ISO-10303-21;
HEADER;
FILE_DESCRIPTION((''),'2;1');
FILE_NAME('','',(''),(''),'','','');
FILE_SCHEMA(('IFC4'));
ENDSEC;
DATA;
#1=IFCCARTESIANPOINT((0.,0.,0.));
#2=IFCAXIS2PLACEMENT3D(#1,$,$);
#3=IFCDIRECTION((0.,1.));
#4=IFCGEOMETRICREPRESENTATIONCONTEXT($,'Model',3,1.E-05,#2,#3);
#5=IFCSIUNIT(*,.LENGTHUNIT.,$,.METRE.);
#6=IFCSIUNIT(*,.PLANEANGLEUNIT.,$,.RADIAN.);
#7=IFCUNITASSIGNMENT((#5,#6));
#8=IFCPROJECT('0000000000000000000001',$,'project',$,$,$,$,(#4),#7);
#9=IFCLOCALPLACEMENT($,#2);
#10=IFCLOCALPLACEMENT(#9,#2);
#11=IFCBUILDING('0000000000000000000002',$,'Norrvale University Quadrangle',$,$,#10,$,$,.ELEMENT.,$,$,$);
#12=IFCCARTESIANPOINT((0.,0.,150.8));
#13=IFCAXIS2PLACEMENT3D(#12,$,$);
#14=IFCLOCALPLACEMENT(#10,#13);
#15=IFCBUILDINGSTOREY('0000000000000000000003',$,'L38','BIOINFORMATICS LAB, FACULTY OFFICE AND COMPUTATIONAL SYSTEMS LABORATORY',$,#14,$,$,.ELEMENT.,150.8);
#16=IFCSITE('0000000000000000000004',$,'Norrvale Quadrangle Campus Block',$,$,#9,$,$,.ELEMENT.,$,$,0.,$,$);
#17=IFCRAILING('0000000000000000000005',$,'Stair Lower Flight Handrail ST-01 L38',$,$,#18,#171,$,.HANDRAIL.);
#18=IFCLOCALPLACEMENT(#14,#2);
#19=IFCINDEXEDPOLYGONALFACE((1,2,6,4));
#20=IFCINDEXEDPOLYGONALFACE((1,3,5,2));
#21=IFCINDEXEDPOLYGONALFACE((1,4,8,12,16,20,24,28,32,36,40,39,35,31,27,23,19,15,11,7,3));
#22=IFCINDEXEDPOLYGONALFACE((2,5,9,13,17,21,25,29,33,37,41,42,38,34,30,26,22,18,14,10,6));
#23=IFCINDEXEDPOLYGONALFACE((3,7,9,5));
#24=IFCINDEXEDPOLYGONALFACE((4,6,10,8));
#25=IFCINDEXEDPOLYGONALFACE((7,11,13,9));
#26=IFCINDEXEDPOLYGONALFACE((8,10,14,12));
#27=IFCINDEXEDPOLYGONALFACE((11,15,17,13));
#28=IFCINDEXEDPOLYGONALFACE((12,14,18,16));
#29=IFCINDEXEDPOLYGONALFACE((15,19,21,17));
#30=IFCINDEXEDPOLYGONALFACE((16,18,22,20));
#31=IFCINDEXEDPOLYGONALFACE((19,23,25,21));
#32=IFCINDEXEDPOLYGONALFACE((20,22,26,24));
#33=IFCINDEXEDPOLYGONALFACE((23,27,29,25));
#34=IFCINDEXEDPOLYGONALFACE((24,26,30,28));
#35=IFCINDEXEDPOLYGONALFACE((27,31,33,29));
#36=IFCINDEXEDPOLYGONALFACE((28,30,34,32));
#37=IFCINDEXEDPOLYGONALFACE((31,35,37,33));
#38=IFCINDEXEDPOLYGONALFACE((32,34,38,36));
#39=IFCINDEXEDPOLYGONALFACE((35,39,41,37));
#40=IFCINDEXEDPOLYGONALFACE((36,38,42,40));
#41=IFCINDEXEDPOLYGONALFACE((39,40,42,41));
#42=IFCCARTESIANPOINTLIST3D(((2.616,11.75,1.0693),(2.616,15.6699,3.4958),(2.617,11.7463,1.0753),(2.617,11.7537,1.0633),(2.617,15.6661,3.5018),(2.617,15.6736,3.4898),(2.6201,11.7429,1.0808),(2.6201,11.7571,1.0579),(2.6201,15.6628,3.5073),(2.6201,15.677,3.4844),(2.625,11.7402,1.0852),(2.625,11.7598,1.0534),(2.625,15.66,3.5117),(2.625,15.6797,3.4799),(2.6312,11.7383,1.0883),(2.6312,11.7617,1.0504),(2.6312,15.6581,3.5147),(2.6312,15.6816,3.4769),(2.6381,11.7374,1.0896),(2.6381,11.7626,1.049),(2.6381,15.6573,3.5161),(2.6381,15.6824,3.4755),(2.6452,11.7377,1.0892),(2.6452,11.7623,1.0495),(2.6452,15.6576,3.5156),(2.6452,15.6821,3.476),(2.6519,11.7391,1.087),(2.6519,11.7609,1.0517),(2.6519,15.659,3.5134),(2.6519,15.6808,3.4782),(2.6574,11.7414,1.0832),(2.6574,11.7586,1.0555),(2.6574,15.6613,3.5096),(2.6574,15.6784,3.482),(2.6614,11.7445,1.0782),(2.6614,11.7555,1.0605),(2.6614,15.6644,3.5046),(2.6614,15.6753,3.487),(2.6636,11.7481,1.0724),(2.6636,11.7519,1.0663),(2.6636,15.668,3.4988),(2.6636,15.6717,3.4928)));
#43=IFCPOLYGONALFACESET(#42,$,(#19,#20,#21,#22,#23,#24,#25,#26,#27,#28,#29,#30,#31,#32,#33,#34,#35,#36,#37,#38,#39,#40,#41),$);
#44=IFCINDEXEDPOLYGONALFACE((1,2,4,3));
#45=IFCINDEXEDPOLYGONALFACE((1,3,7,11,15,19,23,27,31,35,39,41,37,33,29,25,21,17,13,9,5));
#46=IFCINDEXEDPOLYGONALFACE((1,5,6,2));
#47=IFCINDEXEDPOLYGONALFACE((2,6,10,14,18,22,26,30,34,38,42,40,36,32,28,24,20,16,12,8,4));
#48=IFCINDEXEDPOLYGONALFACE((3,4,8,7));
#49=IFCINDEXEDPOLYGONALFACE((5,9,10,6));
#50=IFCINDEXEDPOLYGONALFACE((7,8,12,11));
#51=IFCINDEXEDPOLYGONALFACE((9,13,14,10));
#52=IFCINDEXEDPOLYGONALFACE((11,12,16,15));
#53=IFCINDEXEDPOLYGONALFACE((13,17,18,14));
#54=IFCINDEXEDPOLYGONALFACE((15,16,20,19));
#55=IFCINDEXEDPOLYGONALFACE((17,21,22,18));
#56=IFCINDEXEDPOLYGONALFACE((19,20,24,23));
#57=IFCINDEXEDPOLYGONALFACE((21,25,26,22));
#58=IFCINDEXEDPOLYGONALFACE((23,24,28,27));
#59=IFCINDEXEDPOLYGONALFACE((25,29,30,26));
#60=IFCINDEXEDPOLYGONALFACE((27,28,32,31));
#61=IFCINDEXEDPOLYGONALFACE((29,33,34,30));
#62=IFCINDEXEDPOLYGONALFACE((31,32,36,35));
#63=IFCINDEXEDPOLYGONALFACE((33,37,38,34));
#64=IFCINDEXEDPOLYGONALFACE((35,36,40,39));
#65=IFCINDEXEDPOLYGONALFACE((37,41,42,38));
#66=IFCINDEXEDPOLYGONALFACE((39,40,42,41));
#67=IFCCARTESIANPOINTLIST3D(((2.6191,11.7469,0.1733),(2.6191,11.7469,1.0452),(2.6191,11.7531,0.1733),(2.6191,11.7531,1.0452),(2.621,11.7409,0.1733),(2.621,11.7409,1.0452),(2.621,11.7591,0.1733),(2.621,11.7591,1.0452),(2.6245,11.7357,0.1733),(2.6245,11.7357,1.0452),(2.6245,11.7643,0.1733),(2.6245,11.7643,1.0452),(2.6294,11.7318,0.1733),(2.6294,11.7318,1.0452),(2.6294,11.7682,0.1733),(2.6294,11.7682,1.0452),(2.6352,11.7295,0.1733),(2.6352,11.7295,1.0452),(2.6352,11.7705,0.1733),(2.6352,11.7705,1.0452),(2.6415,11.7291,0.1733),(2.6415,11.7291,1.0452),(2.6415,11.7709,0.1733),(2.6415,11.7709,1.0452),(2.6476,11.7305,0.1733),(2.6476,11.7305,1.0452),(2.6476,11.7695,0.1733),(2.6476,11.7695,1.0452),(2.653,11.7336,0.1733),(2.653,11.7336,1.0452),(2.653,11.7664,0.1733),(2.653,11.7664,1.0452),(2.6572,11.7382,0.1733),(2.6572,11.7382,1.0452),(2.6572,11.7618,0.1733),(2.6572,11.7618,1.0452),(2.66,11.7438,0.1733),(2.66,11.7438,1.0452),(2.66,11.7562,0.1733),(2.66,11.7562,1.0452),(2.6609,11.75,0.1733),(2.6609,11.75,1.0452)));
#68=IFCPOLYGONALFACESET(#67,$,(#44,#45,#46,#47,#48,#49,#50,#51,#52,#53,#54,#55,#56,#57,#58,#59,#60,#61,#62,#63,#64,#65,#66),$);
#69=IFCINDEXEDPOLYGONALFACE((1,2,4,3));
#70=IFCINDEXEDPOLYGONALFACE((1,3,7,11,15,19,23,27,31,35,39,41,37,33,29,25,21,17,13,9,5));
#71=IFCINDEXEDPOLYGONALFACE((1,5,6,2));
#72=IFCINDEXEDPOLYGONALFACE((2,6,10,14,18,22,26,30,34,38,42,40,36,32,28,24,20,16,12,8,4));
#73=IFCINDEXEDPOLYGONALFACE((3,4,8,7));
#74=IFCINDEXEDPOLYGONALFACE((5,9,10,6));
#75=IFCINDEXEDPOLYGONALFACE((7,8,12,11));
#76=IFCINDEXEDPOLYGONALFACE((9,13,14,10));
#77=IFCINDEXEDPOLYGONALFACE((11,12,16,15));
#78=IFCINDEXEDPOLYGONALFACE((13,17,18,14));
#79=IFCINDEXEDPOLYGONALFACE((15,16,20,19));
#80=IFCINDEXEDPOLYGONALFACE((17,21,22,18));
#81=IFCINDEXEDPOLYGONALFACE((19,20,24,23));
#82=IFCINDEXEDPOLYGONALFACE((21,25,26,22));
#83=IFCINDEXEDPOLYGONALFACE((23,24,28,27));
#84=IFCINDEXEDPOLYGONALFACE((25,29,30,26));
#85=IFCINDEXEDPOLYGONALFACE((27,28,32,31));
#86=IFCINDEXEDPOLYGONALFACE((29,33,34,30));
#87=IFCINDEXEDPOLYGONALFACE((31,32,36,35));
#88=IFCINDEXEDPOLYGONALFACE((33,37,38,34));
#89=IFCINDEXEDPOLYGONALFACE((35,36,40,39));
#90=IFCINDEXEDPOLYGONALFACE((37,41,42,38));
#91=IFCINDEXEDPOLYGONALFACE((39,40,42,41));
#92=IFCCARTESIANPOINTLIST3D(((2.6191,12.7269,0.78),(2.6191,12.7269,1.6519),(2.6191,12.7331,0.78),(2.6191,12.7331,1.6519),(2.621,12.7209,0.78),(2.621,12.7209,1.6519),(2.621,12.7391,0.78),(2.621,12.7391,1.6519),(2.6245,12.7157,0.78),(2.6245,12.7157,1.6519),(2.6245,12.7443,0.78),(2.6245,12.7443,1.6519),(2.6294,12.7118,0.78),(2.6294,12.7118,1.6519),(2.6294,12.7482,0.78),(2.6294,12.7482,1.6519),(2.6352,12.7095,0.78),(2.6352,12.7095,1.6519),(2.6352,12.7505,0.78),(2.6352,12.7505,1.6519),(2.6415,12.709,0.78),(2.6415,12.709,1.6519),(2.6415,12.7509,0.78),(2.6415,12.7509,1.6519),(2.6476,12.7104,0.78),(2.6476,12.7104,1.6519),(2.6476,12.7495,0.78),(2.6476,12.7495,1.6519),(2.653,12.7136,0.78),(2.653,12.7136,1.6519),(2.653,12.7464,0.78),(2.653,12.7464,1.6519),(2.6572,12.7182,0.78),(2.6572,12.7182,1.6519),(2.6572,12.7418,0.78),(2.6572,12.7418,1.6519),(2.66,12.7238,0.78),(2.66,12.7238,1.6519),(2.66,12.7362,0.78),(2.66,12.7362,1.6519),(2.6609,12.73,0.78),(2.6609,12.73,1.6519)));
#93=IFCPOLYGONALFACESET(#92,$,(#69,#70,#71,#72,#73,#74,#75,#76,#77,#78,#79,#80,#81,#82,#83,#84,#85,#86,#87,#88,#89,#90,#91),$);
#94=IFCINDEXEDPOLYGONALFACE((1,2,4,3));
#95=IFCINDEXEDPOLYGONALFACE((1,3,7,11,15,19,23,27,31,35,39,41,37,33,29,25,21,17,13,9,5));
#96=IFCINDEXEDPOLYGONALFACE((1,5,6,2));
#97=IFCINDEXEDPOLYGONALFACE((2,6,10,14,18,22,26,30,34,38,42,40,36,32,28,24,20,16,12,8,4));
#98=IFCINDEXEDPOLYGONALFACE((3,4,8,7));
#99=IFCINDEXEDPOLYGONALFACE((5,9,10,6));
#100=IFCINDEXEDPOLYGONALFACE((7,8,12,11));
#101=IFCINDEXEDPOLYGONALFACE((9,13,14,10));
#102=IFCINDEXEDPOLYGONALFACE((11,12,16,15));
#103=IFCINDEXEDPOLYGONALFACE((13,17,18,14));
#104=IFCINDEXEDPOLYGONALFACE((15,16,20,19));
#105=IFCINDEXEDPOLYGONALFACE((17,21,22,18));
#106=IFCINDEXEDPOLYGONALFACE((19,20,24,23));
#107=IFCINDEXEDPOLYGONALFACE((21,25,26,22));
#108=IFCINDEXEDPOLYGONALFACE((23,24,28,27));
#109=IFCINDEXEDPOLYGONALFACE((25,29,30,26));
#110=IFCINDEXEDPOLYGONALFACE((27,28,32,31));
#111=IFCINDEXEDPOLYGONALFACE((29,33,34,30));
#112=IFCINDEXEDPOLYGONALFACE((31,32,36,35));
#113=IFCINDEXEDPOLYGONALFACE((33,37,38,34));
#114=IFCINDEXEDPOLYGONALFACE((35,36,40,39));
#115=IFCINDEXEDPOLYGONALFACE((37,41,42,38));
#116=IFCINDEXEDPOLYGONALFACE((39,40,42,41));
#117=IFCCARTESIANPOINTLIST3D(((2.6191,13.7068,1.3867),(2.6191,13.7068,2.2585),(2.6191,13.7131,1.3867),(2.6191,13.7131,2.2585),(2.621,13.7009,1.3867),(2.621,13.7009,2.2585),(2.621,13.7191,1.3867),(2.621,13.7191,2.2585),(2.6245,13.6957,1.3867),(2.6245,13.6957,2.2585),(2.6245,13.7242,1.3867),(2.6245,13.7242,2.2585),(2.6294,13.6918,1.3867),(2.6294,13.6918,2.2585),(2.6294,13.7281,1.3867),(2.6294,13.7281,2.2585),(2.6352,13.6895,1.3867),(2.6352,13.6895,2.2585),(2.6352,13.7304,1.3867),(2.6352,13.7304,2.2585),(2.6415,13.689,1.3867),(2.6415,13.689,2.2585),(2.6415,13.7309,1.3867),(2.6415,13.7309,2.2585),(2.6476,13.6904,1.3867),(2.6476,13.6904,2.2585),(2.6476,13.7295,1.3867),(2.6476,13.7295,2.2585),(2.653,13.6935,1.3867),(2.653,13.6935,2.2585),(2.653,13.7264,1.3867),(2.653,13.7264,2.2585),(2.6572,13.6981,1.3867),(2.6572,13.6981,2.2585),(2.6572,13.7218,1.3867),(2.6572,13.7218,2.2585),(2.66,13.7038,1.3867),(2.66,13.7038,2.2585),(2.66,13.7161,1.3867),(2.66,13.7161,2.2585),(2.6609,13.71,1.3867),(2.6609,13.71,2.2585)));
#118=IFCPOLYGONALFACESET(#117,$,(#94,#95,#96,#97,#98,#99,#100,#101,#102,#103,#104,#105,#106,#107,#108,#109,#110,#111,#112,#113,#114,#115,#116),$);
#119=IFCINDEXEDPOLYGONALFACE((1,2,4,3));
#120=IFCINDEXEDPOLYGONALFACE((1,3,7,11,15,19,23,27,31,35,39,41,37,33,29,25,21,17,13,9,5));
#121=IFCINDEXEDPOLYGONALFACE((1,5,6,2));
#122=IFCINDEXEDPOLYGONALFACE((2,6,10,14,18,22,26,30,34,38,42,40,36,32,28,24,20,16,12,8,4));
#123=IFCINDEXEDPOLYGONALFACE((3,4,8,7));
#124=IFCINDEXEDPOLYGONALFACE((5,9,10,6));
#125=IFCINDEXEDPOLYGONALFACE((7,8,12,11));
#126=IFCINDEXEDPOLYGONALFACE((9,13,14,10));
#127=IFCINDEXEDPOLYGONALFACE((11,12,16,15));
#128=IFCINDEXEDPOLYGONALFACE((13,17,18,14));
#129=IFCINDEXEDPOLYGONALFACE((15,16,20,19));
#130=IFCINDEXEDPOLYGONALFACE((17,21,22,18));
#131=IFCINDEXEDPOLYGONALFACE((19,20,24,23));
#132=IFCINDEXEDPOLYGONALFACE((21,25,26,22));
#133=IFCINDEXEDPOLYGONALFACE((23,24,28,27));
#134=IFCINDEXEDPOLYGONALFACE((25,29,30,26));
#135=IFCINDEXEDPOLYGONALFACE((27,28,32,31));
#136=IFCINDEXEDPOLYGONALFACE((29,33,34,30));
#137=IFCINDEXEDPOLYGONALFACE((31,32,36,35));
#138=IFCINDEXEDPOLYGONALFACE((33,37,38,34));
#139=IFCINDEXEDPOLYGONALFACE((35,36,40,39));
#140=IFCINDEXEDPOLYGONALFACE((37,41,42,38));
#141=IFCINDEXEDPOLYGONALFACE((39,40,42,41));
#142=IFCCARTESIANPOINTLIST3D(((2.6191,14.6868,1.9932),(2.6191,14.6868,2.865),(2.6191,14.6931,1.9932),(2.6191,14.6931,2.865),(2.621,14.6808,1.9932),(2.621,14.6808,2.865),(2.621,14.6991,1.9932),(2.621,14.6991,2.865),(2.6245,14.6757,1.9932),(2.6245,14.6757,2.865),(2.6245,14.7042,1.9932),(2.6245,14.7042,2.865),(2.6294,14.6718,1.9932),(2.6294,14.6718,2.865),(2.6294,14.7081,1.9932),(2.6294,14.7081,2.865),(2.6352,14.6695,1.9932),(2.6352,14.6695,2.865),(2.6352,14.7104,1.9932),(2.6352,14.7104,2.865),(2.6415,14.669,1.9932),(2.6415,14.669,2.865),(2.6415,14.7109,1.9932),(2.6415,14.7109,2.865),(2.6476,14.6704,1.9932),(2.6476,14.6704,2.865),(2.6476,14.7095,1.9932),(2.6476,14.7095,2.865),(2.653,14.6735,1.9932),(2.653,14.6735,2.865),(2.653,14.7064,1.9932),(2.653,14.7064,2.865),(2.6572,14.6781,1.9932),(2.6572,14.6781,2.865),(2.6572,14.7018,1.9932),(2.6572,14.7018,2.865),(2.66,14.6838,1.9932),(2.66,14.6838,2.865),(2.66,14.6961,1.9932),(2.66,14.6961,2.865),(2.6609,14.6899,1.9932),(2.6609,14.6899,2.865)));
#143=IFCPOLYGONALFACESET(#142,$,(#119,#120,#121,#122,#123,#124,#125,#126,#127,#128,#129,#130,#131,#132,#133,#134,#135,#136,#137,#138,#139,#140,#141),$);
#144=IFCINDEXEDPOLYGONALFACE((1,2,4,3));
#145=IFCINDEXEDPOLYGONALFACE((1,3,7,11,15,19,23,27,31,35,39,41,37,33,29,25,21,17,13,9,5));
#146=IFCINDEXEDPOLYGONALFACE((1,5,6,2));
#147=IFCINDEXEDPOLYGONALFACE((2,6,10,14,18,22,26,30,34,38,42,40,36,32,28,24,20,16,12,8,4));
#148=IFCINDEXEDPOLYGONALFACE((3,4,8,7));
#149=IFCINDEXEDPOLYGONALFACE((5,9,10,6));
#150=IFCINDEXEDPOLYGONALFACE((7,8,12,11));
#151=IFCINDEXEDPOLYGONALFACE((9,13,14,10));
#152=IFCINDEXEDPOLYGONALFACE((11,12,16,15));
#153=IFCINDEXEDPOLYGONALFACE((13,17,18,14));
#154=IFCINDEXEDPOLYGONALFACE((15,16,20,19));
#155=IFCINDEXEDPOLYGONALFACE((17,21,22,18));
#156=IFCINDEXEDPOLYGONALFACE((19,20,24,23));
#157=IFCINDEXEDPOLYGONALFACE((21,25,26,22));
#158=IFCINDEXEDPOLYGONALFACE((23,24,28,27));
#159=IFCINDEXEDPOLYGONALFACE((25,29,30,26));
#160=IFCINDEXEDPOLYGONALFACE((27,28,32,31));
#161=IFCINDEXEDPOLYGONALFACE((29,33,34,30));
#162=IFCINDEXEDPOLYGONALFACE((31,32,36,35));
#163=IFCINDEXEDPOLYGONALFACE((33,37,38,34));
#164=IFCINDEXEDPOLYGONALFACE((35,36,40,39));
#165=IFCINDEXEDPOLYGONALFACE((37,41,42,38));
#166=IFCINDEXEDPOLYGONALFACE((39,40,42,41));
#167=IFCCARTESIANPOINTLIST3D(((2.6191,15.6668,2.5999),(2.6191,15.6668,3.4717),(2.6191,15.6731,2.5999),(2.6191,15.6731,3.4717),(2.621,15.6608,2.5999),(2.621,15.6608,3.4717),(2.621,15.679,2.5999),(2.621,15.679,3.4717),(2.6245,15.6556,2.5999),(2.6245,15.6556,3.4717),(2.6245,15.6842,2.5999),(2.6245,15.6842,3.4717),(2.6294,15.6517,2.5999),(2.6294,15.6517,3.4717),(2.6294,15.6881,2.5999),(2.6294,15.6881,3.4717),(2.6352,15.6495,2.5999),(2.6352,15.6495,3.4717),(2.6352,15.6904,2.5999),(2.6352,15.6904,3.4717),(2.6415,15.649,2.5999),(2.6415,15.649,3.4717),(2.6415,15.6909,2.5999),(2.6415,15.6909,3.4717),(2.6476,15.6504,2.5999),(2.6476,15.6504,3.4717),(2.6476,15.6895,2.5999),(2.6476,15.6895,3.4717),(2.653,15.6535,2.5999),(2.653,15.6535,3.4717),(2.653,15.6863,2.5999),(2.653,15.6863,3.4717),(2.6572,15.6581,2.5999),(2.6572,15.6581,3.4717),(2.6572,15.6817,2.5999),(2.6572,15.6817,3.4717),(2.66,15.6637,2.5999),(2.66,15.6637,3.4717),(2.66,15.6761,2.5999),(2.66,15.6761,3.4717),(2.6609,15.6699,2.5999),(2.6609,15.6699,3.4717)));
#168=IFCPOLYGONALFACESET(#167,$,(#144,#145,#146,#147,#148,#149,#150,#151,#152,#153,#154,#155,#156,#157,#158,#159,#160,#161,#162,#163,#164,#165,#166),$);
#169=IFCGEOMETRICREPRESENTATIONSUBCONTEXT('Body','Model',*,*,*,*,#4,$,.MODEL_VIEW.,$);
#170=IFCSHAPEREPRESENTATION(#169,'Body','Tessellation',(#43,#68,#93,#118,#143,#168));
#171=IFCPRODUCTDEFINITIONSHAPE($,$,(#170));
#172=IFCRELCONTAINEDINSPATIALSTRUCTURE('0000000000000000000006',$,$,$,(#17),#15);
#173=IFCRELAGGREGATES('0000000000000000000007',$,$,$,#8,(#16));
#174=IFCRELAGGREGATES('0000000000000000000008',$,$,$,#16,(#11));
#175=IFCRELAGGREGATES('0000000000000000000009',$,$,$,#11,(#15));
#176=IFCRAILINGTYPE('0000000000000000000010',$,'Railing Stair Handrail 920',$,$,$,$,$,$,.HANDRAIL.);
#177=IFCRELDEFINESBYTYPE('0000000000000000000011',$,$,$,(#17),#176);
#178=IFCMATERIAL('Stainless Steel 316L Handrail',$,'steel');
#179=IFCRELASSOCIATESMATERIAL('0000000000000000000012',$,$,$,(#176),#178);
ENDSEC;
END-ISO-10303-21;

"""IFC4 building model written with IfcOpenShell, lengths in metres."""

from ifc_helpers import new_model, si_unit, direction, frame, origin, origin_2d, place, context, subcontext, project, spatial, circle, extrude, material, type_object, element, save


model = new_model("IFC4")

# Units and contexts
model_context = context("Model", 3, precision=1e-05, world=origin(), true_north=direction((0.0, 1.0)))
body_context = subcontext(model_context, "Body", "Model", "MODEL_VIEW")
ifc_project = project(units=[si_unit("LENGTHUNIT", "METRE"), si_unit("PLANEANGLEUNIT", "RADIAN")], contexts=[model_context])

# Site, building, storey
site_placement = place(None, origin())
site = spatial("IfcSite", under=ifc_project, at=site_placement, Name="Norrvale Quadrangle Campus Block", CompositionType="ELEMENT", RefElevation=0.0)
building_placement = place(site_placement, origin())
building = spatial("IfcBuilding", under=site, at=building_placement, Name="Norrvale University Quadrangle", CompositionType="ELEMENT")
storey_placement = place(building_placement, frame((0.0, 0.0, 150.8)))
storey = spatial("IfcBuildingStorey", under=building, at=storey_placement, Name="L38", Description="BIOINFORMATICS LAB, FACULTY OFFICE AND COMPUTATIONAL SYSTEMS LABORATORY", CompositionType="ELEMENT", Elevation=150.8)

# Railing
ifc_material_1 = material(Name="Stainless Steel 316L Handrail", Category="steel")
railing_type_1 = type_object("IfcRailingType", Name="Railing Stair Handrail 920", PredefinedType="HANDRAIL", material=ifc_material_1)
for number, where, name in (
    (1, (2.6399, 11.75, 0.1733), "Stair Lower Flight Handrail ST-01 L38"),
):
    element("IfcRailing", number, at=place(storey_placement, frame(where)), inside=storey, type_object=railing_type_1, Name=name, PredefinedType="HANDRAIL", context=body_context, shape_type="SweptSolid", body=[
        extrude(circle(Radius=0.0239, at=origin_2d()), frame((0.0, 0.0, 0.896), z_axis=(0.0, 0.850275, 0.526338), x_axis=(-1.0, 0.0, 0.0)), (0.0, 0.0, 1.0), 4.6101),
        extrude(circle(Radius=0.021, at=origin_2d()), origin(), (0.0, 0.0, 1.0), 0.8718),
        extrude(circle(Radius=0.021, at=origin_2d()), frame((0.0, 0.98, 0.6067)), (0.0, 0.0, 1.0), 0.8718),
        extrude(circle(Radius=0.021, at=origin_2d()), frame((0.0, 1.96, 1.2134)), (0.0, 0.0, 1.0), 0.8718),
        extrude(circle(Radius=0.021, at=origin_2d()), frame((0.0, 2.9399, 1.8198)), (0.0, 0.0, 1.0), 0.8718),
        extrude(circle(Radius=0.021, at=origin_2d()), frame((0.0, 3.9199, 2.4265)), (0.0, 0.0, 1.0), 0.8718),
    ])

save(model, "model.ifc")
